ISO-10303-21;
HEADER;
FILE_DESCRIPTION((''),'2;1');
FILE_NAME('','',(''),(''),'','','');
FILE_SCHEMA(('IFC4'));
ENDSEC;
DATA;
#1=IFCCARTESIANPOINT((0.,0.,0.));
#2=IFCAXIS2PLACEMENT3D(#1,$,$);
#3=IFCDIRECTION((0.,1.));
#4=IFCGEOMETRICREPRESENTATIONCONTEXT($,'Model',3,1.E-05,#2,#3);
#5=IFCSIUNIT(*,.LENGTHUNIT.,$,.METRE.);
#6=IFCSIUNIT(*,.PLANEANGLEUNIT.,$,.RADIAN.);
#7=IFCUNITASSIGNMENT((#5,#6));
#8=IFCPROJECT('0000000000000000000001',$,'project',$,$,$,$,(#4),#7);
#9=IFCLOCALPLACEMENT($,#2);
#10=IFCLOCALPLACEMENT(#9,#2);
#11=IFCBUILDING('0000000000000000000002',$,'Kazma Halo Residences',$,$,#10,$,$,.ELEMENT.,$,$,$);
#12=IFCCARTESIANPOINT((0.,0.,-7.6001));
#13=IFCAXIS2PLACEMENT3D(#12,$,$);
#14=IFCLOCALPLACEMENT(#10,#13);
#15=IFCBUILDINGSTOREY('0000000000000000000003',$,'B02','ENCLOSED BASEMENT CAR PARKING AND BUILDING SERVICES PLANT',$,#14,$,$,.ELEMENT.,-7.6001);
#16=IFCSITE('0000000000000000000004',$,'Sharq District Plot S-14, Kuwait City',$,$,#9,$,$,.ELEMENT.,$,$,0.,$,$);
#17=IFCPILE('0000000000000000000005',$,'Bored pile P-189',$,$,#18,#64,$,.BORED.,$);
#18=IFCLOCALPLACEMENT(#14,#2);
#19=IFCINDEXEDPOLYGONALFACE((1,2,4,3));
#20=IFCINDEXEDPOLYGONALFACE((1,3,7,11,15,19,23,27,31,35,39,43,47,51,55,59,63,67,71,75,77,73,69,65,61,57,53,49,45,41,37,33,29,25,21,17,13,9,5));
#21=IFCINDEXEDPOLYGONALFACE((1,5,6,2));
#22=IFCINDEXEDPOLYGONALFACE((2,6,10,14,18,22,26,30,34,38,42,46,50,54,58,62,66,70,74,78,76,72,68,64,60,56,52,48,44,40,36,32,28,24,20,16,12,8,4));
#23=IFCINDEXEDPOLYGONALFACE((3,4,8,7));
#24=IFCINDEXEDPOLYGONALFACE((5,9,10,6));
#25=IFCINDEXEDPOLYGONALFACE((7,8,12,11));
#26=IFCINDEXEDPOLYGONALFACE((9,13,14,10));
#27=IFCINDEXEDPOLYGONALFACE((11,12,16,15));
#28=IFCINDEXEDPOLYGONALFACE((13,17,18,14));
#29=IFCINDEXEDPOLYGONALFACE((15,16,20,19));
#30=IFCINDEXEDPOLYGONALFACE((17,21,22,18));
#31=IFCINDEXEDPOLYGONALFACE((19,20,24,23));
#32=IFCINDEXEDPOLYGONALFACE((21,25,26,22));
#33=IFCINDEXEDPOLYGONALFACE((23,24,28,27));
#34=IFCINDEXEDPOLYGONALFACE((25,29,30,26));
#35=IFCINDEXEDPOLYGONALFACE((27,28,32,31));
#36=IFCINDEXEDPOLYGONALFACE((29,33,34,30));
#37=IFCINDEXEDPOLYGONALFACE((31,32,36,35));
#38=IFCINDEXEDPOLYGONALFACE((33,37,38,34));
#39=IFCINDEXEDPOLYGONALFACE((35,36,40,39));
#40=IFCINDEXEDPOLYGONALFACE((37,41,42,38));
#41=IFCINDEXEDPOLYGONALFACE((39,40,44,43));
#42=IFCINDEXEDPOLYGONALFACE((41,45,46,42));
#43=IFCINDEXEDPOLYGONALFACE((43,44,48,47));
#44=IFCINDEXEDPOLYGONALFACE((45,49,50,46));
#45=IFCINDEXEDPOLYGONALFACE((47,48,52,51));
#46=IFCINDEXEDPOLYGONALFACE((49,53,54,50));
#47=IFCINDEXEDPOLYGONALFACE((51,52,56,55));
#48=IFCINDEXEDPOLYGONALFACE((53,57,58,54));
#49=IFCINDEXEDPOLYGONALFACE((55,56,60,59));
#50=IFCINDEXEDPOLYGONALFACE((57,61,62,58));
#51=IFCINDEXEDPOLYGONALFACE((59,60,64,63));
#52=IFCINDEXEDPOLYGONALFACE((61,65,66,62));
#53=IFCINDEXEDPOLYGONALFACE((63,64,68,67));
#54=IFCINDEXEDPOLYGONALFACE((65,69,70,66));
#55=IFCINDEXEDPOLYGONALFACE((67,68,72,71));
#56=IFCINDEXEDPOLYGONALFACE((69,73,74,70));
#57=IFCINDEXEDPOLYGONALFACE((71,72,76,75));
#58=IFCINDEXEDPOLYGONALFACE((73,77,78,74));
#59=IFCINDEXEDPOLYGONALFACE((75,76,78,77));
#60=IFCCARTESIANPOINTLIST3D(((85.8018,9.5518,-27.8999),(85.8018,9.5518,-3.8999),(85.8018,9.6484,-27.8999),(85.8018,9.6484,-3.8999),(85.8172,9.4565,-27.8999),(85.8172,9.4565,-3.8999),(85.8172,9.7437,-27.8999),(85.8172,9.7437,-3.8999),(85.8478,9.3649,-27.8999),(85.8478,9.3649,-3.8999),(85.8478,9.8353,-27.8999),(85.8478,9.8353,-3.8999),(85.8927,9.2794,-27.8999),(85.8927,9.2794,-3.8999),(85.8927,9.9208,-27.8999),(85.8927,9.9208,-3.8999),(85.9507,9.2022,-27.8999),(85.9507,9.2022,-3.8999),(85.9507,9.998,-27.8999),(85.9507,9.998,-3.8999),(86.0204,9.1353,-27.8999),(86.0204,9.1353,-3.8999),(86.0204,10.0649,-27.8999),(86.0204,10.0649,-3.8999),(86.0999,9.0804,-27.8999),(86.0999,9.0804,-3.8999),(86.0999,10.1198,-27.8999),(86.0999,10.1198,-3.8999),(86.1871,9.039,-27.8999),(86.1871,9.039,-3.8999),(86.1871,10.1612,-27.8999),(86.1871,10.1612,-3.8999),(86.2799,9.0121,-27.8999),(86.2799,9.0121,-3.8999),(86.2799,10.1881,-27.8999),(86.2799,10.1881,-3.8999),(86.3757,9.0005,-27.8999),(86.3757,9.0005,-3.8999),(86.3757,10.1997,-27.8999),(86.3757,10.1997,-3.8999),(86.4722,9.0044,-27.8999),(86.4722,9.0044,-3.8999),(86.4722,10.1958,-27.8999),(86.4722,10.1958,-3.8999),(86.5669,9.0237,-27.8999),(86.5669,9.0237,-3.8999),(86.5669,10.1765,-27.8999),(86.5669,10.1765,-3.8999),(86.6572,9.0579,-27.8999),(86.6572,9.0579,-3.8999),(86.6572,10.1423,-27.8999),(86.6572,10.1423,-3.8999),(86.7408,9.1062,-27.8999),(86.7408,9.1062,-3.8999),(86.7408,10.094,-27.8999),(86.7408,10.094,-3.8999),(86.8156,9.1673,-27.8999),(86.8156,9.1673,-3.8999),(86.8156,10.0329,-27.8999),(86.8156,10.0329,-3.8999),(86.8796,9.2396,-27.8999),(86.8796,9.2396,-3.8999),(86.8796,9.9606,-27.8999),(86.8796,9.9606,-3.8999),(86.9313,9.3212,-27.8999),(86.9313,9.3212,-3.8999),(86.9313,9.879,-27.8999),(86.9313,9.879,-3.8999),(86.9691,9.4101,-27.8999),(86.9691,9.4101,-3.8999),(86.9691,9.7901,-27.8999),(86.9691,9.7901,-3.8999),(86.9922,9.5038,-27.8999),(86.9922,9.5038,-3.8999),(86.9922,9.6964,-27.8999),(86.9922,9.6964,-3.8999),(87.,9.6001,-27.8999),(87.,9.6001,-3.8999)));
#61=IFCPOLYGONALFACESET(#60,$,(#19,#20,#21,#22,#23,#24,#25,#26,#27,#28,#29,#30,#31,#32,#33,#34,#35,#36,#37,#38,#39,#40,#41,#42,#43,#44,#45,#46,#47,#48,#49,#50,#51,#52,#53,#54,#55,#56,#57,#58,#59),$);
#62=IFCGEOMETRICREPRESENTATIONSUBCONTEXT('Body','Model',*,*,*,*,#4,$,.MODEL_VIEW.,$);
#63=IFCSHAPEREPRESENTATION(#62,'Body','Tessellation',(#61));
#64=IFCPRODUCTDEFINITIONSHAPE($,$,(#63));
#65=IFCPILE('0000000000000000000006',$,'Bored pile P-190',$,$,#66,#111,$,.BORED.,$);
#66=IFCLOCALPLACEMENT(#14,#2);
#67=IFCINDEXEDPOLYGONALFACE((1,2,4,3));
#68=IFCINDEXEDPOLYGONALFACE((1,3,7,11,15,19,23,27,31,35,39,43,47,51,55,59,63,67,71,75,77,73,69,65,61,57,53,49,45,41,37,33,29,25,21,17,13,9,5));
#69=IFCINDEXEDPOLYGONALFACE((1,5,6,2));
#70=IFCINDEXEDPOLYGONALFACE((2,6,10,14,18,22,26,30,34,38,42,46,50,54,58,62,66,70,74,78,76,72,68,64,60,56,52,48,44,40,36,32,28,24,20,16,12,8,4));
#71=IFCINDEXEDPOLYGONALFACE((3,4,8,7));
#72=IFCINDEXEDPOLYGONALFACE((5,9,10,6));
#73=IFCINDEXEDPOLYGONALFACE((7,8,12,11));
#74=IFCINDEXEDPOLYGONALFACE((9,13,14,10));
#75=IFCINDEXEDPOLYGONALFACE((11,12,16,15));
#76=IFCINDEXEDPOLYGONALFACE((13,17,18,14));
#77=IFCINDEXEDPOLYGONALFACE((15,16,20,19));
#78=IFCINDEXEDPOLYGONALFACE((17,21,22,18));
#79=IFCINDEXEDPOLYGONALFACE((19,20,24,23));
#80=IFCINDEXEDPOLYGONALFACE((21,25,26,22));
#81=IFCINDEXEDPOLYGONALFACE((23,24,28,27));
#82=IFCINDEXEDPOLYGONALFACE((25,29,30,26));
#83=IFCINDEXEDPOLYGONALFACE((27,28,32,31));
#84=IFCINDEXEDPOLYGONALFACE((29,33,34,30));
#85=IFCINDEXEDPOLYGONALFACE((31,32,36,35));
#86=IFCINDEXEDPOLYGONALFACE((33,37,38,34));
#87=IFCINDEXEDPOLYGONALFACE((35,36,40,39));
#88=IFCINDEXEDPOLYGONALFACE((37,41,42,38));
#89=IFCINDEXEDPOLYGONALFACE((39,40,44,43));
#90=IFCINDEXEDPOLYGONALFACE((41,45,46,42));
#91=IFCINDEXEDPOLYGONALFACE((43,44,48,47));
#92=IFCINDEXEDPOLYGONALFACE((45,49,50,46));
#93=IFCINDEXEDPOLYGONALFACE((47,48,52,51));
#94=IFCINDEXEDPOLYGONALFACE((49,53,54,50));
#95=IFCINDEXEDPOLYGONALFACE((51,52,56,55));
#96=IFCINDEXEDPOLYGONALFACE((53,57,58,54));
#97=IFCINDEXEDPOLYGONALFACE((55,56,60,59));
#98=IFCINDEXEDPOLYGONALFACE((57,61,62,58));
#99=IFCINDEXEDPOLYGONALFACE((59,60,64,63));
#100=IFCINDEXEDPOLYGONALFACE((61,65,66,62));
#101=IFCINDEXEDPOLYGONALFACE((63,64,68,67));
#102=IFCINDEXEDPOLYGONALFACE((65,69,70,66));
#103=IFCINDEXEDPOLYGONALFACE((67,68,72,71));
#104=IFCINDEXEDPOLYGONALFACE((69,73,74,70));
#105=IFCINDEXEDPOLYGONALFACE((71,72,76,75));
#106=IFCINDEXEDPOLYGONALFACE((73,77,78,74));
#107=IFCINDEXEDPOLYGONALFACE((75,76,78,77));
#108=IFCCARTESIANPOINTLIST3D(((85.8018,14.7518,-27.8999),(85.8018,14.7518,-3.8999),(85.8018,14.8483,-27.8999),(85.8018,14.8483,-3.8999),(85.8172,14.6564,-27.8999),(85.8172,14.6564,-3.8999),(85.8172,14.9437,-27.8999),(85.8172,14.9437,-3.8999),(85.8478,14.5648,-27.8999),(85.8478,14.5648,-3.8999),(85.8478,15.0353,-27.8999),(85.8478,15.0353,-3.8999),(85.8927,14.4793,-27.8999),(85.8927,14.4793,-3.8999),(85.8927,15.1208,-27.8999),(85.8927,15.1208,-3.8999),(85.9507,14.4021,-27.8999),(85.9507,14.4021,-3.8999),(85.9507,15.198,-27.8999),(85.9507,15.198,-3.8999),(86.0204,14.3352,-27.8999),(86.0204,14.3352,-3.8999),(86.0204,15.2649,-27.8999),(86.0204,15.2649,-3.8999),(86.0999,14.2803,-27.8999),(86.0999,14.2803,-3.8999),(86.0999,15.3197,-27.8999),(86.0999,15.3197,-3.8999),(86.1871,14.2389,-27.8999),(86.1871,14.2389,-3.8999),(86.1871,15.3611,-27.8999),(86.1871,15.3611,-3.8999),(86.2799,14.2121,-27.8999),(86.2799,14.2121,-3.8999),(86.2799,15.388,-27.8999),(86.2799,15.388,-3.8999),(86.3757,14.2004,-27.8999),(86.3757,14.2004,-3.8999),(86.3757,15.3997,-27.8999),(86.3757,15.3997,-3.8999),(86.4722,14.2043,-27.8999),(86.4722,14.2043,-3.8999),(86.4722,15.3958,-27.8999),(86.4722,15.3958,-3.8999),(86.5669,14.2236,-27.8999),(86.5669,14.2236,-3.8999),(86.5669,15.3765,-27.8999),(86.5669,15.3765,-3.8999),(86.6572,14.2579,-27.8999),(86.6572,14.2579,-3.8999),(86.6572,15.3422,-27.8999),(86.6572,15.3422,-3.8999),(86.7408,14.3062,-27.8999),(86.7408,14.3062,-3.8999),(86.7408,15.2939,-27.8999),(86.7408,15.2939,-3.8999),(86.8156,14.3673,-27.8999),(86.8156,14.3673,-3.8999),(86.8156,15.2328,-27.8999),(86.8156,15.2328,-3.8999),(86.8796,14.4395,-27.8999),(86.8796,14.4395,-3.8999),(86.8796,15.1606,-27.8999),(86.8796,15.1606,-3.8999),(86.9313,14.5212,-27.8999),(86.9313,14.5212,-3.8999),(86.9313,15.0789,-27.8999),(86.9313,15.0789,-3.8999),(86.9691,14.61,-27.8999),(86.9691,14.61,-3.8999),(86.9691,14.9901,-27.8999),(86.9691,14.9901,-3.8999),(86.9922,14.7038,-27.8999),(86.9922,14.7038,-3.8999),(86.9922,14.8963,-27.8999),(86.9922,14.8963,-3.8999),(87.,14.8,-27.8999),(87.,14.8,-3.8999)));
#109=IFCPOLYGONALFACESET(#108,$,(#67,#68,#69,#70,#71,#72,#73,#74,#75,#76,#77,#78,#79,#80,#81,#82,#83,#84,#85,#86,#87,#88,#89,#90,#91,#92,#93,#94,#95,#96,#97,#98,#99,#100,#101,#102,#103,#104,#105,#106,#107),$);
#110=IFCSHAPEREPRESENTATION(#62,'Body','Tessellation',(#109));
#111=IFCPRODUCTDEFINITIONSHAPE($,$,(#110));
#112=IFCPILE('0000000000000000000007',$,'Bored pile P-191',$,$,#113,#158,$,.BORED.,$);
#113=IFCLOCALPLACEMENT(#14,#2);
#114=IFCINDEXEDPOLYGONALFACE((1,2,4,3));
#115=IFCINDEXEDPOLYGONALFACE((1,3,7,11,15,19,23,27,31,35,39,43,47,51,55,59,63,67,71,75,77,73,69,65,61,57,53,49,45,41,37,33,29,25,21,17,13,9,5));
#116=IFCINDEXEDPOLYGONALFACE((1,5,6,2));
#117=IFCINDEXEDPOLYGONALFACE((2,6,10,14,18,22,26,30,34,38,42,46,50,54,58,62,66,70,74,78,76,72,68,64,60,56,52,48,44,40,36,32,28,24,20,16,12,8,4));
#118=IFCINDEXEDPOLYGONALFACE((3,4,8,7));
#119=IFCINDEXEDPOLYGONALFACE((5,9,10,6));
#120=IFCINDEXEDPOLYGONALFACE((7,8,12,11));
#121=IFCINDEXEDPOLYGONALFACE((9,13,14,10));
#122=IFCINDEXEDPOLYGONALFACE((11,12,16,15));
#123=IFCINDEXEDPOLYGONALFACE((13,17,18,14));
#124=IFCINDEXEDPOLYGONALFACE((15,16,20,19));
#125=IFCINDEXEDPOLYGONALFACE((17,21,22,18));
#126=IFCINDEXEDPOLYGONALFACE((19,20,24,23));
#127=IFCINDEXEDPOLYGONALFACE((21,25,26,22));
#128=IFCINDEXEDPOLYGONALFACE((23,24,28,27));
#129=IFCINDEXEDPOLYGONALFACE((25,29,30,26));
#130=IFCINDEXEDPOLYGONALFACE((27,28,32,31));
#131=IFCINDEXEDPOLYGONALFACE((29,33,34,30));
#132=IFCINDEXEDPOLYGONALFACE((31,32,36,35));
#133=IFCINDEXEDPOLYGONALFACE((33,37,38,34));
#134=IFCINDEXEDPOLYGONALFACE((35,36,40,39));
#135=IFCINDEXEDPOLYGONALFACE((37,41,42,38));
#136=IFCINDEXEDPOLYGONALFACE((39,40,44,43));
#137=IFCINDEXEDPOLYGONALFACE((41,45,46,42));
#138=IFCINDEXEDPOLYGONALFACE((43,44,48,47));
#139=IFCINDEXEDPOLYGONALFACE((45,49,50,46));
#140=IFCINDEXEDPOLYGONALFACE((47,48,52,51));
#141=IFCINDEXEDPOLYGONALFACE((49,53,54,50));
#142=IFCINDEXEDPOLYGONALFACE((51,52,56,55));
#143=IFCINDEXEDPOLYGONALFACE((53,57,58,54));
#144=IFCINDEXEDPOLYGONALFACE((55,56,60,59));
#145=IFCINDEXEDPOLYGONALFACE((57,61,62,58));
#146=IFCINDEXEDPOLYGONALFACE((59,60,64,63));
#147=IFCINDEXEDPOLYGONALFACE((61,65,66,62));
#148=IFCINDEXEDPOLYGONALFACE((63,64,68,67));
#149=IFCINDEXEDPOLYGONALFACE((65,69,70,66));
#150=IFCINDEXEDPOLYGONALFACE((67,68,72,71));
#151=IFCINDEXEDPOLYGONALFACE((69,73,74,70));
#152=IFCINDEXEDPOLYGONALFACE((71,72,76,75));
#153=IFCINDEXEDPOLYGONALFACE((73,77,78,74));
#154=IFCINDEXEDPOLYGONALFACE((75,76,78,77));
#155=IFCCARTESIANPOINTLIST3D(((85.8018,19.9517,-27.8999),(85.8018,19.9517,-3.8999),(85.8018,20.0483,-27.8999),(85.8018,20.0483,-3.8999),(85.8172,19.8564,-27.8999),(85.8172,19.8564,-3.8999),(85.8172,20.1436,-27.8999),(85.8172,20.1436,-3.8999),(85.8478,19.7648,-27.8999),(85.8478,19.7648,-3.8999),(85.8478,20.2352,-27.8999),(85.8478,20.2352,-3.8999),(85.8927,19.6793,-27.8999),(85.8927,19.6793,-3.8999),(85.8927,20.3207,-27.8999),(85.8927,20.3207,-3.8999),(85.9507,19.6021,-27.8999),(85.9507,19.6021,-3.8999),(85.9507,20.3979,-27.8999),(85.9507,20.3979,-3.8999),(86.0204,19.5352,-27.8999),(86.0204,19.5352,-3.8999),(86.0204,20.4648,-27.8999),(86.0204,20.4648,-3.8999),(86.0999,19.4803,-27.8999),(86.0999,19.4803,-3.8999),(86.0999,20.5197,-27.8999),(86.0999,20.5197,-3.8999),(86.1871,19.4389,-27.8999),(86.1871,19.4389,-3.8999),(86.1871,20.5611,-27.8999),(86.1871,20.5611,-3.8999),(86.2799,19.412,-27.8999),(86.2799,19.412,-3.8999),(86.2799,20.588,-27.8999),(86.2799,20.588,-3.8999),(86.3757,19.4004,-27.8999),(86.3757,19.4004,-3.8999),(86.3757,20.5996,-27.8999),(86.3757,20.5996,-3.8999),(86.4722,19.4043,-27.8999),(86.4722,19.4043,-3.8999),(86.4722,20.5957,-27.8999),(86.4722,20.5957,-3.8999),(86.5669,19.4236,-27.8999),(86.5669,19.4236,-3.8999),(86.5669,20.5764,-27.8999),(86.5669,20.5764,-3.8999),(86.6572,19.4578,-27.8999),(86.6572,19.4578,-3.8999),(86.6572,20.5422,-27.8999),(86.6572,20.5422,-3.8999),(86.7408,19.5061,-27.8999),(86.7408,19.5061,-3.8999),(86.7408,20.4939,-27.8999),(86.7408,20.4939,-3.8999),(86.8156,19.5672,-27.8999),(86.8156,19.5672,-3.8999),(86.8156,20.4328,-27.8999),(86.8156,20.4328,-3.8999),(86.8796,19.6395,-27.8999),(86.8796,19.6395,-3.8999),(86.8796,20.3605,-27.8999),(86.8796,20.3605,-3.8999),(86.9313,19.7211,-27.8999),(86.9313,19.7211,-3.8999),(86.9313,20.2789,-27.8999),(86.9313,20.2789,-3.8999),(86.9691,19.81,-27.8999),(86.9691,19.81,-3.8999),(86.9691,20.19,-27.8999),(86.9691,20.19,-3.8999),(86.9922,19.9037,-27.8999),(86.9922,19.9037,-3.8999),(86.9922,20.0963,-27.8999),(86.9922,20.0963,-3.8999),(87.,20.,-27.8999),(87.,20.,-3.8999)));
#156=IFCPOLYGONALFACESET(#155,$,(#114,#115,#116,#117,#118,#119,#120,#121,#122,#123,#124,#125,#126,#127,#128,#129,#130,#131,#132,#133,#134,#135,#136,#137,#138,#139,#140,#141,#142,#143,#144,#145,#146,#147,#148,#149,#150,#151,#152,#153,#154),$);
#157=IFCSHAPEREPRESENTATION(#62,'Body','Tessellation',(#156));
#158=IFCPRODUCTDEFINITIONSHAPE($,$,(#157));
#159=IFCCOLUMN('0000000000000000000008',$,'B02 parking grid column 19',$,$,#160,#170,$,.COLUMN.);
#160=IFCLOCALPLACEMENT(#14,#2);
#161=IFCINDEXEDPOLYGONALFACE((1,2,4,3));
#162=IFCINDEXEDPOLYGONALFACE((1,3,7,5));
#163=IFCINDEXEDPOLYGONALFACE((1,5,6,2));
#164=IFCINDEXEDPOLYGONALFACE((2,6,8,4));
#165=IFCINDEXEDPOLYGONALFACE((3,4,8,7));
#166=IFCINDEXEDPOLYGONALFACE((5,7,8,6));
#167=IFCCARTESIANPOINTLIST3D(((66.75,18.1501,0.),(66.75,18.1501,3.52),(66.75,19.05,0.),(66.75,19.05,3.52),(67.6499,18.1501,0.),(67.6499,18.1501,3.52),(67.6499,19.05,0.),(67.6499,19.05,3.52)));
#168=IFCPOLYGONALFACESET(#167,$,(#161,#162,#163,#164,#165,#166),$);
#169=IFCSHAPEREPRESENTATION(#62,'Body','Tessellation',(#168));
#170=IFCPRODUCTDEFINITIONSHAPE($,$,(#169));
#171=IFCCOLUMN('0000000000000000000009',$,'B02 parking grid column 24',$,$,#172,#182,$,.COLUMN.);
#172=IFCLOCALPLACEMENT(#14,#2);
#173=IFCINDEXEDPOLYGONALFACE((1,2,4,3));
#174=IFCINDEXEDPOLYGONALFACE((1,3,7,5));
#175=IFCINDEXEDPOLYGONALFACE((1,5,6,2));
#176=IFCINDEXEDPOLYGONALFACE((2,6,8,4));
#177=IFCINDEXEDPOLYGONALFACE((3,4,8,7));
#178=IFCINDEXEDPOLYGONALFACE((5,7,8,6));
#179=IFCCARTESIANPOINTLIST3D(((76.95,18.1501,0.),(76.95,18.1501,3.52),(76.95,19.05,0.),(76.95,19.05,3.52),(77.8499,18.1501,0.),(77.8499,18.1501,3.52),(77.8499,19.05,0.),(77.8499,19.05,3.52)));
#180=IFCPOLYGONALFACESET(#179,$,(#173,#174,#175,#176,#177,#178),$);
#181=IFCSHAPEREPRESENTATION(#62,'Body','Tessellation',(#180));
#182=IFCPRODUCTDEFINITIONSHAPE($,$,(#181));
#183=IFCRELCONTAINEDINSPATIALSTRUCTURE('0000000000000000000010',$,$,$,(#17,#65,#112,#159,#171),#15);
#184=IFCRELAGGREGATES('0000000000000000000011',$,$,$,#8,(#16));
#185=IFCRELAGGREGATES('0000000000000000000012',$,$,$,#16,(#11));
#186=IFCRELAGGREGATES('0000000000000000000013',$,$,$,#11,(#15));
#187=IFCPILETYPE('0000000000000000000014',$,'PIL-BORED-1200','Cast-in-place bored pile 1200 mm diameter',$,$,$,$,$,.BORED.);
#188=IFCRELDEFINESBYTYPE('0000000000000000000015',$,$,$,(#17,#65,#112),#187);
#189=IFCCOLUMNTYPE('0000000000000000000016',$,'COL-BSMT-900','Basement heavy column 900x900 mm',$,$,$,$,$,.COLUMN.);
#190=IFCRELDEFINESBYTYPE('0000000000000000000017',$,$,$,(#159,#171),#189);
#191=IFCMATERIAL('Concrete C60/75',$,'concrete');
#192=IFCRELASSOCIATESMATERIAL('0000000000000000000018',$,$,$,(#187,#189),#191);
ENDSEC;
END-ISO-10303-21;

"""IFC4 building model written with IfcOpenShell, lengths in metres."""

from ifc_helpers import new_model, si_unit, direction, frame, origin, origin_2d, place, context, subcontext, project, spatial, rectangle, circle, extrude, material, material_profile, profile_set, type_object, element, save


model = new_model("IFC4")

# Units and contexts
model_context = context("Model", 3, precision=1e-05, world=origin(), true_north=direction((0.0, 1.0)))
body_context = subcontext(model_context, "Body", "Model", "MODEL_VIEW")
ifc_project = project(units=[si_unit("LENGTHUNIT", "METRE"), si_unit("PLANEANGLEUNIT", "RADIAN")], contexts=[model_context])

# Site, building, storey
site_placement = place(None, origin())
site = spatial("IfcSite", under=ifc_project, at=site_placement, Name="Sharq District Plot S-14, Kuwait City", CompositionType="ELEMENT", RefElevation=0.0)
building_placement = place(site_placement, origin())
building = spatial("IfcBuilding", under=site, at=building_placement, Name="Kazma Halo Residences", CompositionType="ELEMENT")
storey_placement = place(building_placement, frame((0.0, 0.0, -7.6001)))
storey = spatial("IfcBuildingStorey", under=building, at=storey_placement, Name="B02", Description="ENCLOSED BASEMENT CAR PARKING AND BUILDING SERVICES PLANT", CompositionType="ELEMENT", Elevation=-7.6001)

# Piles
ifc_material_1 = material(Name="Concrete C60/75", Category="concrete")
ifc_material_profile_1 = material_profile(ifc_material_1, circle(Radius=0.6001, at=origin_2d()), Name="CIRC1200")
ifc_profile_set_1 = profile_set([ifc_material_profile_1], Name="Concrete C60/75")
pile_type = type_object("IfcPileType", Name="PIL-BORED-1200", Description="Cast-in-place bored pile 1200 mm diameter", PredefinedType="BORED", material=ifc_profile_set_1)
for number, where, z_axis, x_axis, name in (
    (1, (86.3999, 9.6001, -3.8999), (0.0, 0.0, -1.0), (1.0, 0.0, 0.0), "Bored pile P-189"),
    (2, (86.3999, 14.8, -3.8999), (0.0, 0.0, -1.0), (1.0, 0.0, 0.0), "Bored pile P-190"),
    (3, (86.3999, 20.0, -3.8999), (0.0, 0.0, -1.0), (1.0, 0.0, 0.0), "Bored pile P-191"),
):
    element("IfcPile", number, at=place(storey_placement, frame(where, z_axis=z_axis, x_axis=x_axis)), inside=storey, type_object=pile_type, Name=name, PredefinedType="BORED", context=body_context, shape_type="SweptSolid", body=[
        extrude(circle(Radius=0.6001, at=origin_2d()), origin(), (0.0, 0.0, 1.0), 24.0),
    ])

# Columns
ifc_material_profile_2 = material_profile(ifc_material_1, rectangle(XDim=0.8999, YDim=0.8999, at=origin_2d()), Name="RECT900x900")
ifc_profile_set_2 = profile_set([ifc_material_profile_2], Name="Concrete C60/75")
column_type_1 = type_object("IfcColumnType", Name="COL-BSMT-900", Description="Basement heavy column 900x900 mm", PredefinedType="COLUMN", material=ifc_profile_set_2)
for number, where, z_axis, x_axis, name in (
    (4, (67.2, 18.6001, 0.0), (0.0, 0.0, 1.0), (1.0, 0.0, 0.0), "B02 parking grid column 19"),
    (5, (77.3999, 18.6001, 0.0), (0.0, 0.0, 1.0), (1.0, 0.0, 0.0), "B02 parking grid column 24"),
):
    element("IfcColumn", number, at=place(storey_placement, frame(where, z_axis=z_axis, x_axis=x_axis)), inside=storey, type_object=column_type_1, Name=name, PredefinedType="COLUMN", context=body_context, shape_type="SweptSolid", body=[
        extrude(rectangle(XDim=0.8999, YDim=0.8999, at=origin_2d()), origin(), (0.0, 0.0, 1.0), 3.52),
    ])

save(model, "model.ifc")
